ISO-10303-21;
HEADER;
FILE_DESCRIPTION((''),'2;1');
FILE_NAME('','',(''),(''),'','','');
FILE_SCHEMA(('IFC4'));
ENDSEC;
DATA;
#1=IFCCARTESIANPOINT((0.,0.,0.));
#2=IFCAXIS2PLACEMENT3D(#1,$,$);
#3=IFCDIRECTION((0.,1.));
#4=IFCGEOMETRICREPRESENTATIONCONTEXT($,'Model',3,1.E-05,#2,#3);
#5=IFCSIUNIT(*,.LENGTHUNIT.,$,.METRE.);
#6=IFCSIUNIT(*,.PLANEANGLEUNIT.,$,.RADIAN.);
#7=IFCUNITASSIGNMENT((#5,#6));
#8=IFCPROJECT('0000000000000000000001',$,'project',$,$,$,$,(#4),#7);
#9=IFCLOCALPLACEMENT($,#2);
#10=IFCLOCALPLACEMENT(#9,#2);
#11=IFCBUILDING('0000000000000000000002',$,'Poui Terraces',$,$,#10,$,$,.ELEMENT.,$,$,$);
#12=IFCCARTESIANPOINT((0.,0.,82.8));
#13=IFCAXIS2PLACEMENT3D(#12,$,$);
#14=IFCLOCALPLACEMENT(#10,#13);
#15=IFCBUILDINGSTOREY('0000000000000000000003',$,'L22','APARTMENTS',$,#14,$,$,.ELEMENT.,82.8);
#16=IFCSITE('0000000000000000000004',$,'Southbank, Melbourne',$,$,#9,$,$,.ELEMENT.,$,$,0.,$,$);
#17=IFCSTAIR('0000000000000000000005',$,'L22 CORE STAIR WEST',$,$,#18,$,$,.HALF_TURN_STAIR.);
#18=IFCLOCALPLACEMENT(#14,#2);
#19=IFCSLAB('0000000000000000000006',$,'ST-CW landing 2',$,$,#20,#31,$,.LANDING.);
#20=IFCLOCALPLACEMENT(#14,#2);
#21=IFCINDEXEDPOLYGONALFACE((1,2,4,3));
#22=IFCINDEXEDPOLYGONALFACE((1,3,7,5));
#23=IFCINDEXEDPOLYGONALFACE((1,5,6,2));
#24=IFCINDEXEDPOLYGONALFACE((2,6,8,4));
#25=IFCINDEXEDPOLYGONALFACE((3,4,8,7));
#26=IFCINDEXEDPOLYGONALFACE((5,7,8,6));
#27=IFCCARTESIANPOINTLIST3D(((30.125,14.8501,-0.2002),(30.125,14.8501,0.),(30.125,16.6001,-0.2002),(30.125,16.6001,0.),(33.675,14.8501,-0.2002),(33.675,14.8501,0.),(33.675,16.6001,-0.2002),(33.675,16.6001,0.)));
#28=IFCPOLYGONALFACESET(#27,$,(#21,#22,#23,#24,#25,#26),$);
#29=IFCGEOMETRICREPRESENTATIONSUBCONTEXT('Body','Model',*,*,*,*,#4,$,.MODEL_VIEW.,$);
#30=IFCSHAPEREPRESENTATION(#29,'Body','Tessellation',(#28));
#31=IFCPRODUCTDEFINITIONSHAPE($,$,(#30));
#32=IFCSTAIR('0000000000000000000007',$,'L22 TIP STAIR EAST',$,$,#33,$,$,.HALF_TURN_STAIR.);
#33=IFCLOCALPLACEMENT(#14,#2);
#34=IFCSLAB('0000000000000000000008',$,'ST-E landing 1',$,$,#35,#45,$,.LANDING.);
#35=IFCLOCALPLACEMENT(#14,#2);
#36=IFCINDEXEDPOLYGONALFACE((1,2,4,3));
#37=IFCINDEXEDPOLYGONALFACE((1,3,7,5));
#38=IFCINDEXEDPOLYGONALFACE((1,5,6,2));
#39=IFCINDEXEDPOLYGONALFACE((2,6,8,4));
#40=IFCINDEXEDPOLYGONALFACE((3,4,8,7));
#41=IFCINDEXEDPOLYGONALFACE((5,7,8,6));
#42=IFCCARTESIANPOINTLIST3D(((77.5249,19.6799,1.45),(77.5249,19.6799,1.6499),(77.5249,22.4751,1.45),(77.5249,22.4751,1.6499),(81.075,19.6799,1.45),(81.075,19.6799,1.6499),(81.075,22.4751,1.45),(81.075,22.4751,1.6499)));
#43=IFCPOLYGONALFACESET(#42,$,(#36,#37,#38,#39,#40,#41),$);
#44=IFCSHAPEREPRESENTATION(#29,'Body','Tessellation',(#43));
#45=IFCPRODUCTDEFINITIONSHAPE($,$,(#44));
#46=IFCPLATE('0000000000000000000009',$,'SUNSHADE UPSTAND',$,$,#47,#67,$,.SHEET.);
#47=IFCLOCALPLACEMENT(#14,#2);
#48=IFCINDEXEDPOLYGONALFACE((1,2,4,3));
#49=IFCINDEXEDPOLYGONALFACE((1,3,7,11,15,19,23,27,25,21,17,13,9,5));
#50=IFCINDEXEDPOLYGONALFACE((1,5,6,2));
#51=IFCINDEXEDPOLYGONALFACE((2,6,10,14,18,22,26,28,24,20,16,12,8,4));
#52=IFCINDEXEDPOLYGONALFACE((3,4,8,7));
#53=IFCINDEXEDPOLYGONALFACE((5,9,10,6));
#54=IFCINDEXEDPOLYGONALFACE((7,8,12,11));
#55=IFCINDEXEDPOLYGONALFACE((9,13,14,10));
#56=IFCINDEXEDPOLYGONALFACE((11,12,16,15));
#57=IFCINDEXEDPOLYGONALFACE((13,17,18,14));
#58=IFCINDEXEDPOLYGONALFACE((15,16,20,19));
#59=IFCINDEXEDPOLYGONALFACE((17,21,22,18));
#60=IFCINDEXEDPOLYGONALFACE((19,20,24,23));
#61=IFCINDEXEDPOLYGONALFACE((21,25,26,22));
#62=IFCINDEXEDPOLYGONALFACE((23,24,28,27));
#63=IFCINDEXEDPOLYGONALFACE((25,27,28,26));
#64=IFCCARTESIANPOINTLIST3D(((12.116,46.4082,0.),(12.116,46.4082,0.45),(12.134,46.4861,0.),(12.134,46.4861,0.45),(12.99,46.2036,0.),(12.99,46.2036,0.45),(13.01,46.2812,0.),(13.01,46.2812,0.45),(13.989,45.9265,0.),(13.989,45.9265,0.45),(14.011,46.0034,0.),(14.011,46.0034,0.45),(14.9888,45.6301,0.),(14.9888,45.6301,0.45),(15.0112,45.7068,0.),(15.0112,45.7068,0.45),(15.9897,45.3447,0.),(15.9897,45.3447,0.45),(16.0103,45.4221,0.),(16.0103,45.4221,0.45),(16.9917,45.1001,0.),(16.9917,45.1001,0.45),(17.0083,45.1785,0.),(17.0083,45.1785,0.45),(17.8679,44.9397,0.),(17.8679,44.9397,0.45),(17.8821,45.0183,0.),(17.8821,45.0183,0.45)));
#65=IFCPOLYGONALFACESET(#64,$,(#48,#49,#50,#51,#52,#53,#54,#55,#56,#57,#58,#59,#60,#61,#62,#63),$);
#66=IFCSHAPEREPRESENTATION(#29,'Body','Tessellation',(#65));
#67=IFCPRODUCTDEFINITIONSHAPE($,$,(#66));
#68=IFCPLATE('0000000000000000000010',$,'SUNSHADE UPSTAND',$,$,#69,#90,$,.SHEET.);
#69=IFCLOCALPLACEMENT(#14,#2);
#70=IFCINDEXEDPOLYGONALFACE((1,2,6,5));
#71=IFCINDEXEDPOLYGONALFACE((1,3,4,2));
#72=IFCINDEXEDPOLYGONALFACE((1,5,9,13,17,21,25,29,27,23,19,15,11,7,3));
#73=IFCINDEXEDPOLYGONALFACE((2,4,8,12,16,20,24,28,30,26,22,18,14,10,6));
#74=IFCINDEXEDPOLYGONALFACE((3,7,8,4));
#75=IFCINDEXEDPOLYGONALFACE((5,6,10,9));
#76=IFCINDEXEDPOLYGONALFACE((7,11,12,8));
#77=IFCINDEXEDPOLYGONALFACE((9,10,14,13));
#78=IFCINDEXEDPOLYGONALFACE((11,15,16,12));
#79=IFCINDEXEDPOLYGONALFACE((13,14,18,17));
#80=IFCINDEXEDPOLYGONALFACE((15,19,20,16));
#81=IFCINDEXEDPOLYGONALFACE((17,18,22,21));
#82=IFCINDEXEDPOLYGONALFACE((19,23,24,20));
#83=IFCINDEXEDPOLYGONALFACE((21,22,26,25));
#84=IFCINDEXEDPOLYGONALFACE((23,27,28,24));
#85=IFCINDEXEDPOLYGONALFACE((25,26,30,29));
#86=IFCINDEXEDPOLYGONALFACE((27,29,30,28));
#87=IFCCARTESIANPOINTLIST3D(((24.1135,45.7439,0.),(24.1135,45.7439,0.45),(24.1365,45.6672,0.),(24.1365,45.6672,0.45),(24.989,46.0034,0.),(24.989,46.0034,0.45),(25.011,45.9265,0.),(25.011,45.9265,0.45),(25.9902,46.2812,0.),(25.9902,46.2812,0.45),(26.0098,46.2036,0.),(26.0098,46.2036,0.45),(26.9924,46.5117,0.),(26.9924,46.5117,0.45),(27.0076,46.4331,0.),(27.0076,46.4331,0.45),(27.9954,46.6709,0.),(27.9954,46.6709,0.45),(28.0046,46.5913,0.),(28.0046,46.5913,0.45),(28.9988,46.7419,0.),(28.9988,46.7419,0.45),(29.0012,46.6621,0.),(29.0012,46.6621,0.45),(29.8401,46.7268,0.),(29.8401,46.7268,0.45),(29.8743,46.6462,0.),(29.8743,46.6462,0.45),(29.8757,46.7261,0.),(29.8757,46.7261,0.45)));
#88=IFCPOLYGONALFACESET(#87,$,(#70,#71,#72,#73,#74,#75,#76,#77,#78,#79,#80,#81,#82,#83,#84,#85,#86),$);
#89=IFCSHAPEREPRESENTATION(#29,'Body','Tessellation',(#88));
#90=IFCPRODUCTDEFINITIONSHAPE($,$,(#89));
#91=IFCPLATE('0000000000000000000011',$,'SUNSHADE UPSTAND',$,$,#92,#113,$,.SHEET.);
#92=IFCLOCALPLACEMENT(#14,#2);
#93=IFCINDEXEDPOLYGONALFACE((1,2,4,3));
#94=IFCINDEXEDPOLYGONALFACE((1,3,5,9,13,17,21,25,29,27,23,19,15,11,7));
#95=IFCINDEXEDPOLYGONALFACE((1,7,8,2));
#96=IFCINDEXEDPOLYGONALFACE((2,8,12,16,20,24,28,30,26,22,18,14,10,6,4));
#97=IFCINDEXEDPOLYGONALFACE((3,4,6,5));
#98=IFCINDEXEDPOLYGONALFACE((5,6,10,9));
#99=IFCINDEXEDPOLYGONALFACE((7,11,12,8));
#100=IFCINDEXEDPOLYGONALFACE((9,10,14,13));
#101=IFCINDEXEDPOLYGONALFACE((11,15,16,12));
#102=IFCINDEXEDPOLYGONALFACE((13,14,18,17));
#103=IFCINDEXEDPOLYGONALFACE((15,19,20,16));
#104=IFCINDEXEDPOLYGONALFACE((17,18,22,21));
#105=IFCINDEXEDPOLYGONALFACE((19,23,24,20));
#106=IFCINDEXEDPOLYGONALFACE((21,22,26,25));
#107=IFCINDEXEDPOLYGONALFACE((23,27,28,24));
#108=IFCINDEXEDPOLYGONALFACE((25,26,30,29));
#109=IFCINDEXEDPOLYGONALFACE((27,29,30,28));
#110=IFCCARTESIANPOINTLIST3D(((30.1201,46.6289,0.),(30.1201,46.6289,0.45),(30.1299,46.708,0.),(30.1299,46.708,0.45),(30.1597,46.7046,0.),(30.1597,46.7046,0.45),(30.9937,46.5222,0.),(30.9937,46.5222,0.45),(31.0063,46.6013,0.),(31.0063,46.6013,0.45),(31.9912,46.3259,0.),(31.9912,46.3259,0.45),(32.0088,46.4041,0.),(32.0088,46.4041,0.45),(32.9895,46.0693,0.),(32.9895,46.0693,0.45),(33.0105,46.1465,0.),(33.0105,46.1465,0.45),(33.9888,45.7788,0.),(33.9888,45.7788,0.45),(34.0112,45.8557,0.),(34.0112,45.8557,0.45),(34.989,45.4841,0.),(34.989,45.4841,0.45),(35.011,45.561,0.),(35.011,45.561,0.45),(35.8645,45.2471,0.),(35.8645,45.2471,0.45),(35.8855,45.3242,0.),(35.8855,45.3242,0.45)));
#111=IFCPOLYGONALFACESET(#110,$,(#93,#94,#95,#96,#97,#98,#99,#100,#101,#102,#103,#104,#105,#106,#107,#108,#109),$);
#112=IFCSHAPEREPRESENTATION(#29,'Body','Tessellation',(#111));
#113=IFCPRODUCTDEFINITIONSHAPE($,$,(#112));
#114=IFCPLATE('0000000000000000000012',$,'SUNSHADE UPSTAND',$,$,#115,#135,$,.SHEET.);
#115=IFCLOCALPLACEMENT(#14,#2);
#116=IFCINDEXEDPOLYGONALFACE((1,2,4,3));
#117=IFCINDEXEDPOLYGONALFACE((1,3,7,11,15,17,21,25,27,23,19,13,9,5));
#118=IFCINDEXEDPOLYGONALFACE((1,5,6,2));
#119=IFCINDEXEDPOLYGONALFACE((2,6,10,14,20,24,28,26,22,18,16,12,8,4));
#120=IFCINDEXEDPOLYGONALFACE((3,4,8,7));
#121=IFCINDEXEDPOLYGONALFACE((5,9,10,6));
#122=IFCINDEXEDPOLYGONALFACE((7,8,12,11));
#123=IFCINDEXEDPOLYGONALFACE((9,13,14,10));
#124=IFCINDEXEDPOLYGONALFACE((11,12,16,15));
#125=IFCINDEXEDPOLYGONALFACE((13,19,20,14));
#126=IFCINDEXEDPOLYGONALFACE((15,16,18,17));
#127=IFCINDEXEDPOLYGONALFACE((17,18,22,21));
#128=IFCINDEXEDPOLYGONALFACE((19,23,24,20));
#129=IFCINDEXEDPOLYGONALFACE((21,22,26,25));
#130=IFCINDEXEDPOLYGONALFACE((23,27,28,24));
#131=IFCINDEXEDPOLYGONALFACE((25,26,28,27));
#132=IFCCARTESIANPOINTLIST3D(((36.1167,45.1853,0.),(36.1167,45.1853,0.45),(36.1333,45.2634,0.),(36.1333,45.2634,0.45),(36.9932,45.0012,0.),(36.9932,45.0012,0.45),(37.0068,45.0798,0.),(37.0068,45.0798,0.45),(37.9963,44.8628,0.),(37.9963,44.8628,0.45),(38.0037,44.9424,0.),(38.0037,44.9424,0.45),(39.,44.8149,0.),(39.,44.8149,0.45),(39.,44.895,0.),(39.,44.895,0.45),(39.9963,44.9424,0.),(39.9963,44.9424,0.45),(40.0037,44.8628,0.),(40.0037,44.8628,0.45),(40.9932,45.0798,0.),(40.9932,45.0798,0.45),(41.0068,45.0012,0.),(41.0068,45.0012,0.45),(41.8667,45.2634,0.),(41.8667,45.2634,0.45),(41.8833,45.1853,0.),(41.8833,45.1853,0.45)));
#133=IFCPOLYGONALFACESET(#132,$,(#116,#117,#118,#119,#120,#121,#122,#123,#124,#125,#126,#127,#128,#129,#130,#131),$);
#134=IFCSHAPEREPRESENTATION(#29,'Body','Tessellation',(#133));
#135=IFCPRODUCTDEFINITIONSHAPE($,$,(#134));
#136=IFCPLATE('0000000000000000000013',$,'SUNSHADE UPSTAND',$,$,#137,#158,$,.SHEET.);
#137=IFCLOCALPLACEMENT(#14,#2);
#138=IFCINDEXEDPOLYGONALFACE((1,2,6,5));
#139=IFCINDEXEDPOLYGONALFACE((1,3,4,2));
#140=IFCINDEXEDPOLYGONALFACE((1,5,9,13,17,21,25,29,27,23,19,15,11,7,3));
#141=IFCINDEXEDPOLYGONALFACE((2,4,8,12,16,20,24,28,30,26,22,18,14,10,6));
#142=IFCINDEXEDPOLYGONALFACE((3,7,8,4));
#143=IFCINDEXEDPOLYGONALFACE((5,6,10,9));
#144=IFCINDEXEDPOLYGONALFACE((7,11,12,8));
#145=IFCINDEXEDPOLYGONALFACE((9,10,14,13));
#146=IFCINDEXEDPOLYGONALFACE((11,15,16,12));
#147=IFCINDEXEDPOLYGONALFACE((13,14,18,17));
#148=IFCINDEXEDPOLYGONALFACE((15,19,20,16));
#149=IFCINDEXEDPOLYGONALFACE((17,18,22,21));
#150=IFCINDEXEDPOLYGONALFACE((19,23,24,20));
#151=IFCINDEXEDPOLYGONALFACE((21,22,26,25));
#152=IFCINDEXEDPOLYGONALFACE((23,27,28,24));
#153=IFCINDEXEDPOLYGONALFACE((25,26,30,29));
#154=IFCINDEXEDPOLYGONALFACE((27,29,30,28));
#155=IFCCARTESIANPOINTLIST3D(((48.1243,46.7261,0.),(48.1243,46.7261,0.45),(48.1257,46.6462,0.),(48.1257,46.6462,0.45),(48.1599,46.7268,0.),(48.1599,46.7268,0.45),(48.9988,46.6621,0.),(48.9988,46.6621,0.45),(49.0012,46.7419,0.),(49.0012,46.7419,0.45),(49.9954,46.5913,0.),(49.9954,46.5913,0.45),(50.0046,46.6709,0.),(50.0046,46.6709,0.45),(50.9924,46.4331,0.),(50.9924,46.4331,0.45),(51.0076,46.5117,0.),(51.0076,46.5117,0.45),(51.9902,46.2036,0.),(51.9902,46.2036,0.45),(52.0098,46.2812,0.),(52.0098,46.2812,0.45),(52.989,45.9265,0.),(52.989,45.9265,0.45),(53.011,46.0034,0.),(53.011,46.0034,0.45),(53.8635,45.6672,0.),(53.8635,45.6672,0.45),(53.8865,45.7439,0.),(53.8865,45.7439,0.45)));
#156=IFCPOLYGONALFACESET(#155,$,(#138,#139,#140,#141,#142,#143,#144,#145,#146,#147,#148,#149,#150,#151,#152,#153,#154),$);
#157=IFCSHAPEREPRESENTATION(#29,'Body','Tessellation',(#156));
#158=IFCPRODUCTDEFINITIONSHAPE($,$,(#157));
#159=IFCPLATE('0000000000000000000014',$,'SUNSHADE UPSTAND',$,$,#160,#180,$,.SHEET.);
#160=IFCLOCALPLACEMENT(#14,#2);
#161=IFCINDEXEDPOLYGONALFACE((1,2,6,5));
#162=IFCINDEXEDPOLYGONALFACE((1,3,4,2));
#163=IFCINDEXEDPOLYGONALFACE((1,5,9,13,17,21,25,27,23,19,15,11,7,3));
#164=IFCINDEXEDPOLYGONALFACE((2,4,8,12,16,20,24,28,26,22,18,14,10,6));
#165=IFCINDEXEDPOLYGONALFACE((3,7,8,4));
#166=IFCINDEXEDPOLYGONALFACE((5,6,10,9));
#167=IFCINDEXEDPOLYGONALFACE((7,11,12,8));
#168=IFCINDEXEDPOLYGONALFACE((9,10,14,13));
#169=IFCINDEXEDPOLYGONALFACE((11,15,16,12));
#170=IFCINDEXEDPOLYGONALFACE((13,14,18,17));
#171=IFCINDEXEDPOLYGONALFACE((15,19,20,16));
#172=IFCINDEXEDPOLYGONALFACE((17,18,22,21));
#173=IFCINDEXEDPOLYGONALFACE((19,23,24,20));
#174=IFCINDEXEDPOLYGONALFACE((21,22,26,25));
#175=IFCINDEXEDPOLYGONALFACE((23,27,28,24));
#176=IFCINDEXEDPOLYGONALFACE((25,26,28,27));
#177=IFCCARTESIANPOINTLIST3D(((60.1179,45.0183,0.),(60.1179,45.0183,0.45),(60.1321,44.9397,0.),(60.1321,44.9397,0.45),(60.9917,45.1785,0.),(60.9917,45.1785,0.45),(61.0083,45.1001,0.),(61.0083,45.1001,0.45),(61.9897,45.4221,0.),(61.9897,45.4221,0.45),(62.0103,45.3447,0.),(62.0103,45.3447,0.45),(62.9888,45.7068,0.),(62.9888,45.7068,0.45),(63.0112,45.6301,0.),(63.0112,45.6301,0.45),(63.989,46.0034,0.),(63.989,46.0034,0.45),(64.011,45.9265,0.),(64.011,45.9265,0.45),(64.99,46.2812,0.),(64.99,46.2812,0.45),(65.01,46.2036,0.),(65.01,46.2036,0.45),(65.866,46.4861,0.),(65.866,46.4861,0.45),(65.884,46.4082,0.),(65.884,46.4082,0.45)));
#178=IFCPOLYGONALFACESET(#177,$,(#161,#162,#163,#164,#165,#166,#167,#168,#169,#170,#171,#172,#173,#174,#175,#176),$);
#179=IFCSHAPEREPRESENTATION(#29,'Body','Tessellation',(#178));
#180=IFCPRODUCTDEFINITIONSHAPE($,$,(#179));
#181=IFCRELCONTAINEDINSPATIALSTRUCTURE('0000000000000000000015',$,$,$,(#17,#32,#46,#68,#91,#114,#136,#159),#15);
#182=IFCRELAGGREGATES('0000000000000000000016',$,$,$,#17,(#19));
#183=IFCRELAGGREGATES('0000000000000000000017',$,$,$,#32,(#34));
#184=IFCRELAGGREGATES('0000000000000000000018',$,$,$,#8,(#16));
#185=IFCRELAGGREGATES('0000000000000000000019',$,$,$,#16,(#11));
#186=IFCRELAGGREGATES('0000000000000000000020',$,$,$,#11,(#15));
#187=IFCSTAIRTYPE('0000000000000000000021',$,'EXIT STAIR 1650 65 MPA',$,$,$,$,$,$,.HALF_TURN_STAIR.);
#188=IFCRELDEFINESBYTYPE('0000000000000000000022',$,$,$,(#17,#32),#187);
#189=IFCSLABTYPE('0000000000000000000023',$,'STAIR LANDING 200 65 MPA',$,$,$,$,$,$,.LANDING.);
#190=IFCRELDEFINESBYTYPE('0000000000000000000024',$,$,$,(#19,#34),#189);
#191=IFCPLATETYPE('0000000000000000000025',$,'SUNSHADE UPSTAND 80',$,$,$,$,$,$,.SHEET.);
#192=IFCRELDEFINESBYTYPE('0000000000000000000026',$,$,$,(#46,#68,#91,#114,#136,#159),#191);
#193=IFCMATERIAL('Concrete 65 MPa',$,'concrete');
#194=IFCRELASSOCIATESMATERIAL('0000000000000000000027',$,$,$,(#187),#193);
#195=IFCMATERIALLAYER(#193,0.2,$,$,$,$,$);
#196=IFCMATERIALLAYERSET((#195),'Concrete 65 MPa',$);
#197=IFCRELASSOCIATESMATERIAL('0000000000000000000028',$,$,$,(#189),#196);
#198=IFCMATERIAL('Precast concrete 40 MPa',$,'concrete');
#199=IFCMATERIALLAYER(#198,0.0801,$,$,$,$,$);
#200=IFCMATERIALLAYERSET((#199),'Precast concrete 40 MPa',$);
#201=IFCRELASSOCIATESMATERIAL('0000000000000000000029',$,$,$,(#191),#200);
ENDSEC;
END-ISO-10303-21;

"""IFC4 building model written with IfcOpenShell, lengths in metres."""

from ifc_helpers import new_model, si_unit, direction, frame, origin, place, context, subcontext, project, spatial, polyline, outline, extrude, material, layer, layer_set, type_object, element, aggregate, save


model = new_model("IFC4")

# Units and contexts
model_context = context("Model", 3, precision=1e-05, world=origin(), true_north=direction((0.0, 1.0)))
body_context = subcontext(model_context, "Body", "Model", "MODEL_VIEW")
ifc_project = project(units=[si_unit("LENGTHUNIT", "METRE"), si_unit("PLANEANGLEUNIT", "RADIAN")], contexts=[model_context])

# Site, building, storey
site_placement = place(None, origin())
site = spatial("IfcSite", under=ifc_project, at=site_placement, Name="Southbank, Melbourne", CompositionType="ELEMENT", RefElevation=0.0)
building_placement = place(site_placement, origin())
building = spatial("IfcBuilding", under=site, at=building_placement, Name="Poui Terraces", CompositionType="ELEMENT")
storey_placement = place(building_placement, frame((0.0, 0.0, 82.8)))
storey = spatial("IfcBuildingStorey", under=building, at=storey_placement, Name="L22", Description="APARTMENTS", CompositionType="ELEMENT", Elevation=82.8)

# Shared definitions
ifc_material_1 = material(Name="Precast concrete 40 MPa", Category="concrete")

# Stair, slab
ifc_material_2 = material(Name="Concrete 65 MPa", Category="concrete")
stair_type = type_object("IfcStairType", Name="EXIT STAIR 1650 65 MPA", PredefinedType="HALF_TURN_STAIR", material=ifc_material_2)
ifc_layer_1 = layer(ifc_material_2, 0.2)
ifc_layer_set_1 = layer_set([ifc_layer_1], Name="Concrete 65 MPa")
slab_type_1 = type_object("IfcSlabType", Name="STAIR LANDING 200 65 MPA", PredefinedType="LANDING", material=ifc_layer_set_1)
stair_1_placement = place(storey_placement, origin())
stair_1 = element("IfcStair", 1, at=stair_1_placement, inside=storey, type_object=stair_type, Name="L22 CORE STAIR WEST", PredefinedType="HALF_TURN_STAIR")
slab_1_placement = place(storey_placement, frame((0.0, 0.0, -0.2002)))
slab_1 = element("IfcSlab", 2, at=slab_1_placement, type_object=slab_type_1, Name="ST-CW landing 2", PredefinedType="LANDING", context=body_context, shape_type="SweptSolid", body=[
    extrude(outline(polyline([(30.125, 14.8501), (33.675, 14.8501), (33.675, 16.6001), (30.125, 16.6001), (30.125, 14.8501)])), origin(), (0.0, 0.0, 1.0), 0.2002),
])
aggregate(stair_1, [slab_1])

# Stair, slab
stair_2_placement = place(storey_placement, origin())
stair_2 = element("IfcStair", 3, at=stair_2_placement, inside=storey, type_object=stair_type, Name="L22 TIP STAIR EAST", PredefinedType="HALF_TURN_STAIR")
slab_2_placement = place(storey_placement, frame((0.0, 0.0, 1.45)))
slab_2 = element("IfcSlab", 4, at=slab_2_placement, type_object=slab_type_1, Name="ST-E landing 1", PredefinedType="LANDING", context=body_context, shape_type="SweptSolid", body=[
    extrude(outline(polyline([(77.5249, 19.6799), (81.075, 19.6799), (81.075, 22.4751), (77.5249, 22.4751), (77.5249, 19.6799)])), origin(), (0.0, 0.0, 1.0), 0.2),
])
aggregate(stair_2, [slab_2])

# Plates
ifc_layer_2 = layer(ifc_material_1, 0.0801)
ifc_layer_set_2 = layer_set([ifc_layer_2], Name="Precast concrete 40 MPa")
plate_type = type_object("IfcPlateType", Name="SUNSHADE UPSTAND 80", PredefinedType="SHEET", material=ifc_layer_set_2)
plate_1_placement = place(storey_placement, origin())
element("IfcPlate", 5, at=plate_1_placement, inside=storey, type_object=plate_type, Name="SUNSHADE UPSTAND", PredefinedType="SHEET", context=body_context, shape_type="SweptSolid", body=[
    extrude(outline(polyline([(13.01, 46.2812), (12.134, 46.4861), (12.116, 46.4082), (12.99, 46.2036), (13.989, 45.9265), (14.9888, 45.6301), (15.9897, 45.3447), (16.9917, 45.1001), (17.8679, 44.9397), (17.8821, 45.0183), (17.0083, 45.1785), (16.0103, 45.4221), (15.0112, 45.7068), (14.011, 46.0034), (13.01, 46.2812)])), origin(), (0.0, 0.0, 1.0), 0.45),
])
plate_2_placement = place(storey_placement, origin())
element("IfcPlate", 6, at=plate_2_placement, inside=storey, type_object=plate_type, Name="SUNSHADE UPSTAND", PredefinedType="SHEET", context=body_context, shape_type="SweptSolid", body=[
    extrude(outline(polyline([(24.989, 46.0034), (24.1135, 45.7439), (24.1365, 45.6672), (25.011, 45.9265), (26.0098, 46.2036), (27.0076, 46.4331), (28.0046, 46.5913), (29.0012, 46.6621), (29.8743, 46.6462), (29.8757, 46.7261), (29.8401, 46.7268), (28.9988, 46.7419), (27.9954, 46.6709), (26.9924, 46.5117), (25.9902, 46.2812), (24.989, 46.0034)])), origin(), (0.0, 0.0, 1.0), 0.45),
])
plate_3_placement = place(storey_placement, origin())
element("IfcPlate", 7, at=plate_3_placement, inside=storey, type_object=plate_type, Name="SUNSHADE UPSTAND", PredefinedType="SHEET", context=body_context, shape_type="SweptSolid", body=[
    extrude(outline(polyline([(31.0063, 46.6013), (30.1597, 46.7046), (30.1299, 46.708), (30.1201, 46.6289), (30.9937, 46.5222), (31.9912, 46.3259), (32.9895, 46.0693), (33.9888, 45.7788), (34.989, 45.4841), (35.8645, 45.2471), (35.8855, 45.3242), (35.011, 45.561), (34.0112, 45.8557), (33.0105, 46.1465), (32.0088, 46.4041), (31.0063, 46.6013)])), origin(), (0.0, 0.0, 1.0), 0.45),
])
plate_4_placement = place(storey_placement, origin())
element("IfcPlate", 8, at=plate_4_placement, inside=storey, type_object=plate_type, Name="SUNSHADE UPSTAND", PredefinedType="SHEET", context=body_context, shape_type="SweptSolid", body=[
    extrude(outline(polyline([(37.0068, 45.0798), (36.1333, 45.2634), (36.1167, 45.1853), (36.9932, 45.0012), (37.9963, 44.8628), (39.0, 44.8149), (40.0037, 44.8628), (41.0068, 45.0012), (41.8833, 45.1853), (41.8667, 45.2634), (40.9932, 45.0798), (39.9963, 44.9424), (39.0, 44.895), (38.0037, 44.9424), (37.0068, 45.0798)])), origin(), (0.0, 0.0, 1.0), 0.45),
])
plate_5_placement = place(storey_placement, origin())
element("IfcPlate", 9, at=plate_5_placement, inside=storey, type_object=plate_type, Name="SUNSHADE UPSTAND", PredefinedType="SHEET", context=body_context, shape_type="SweptSolid", body=[
    extrude(outline(polyline([(49.0012, 46.7419), (48.1599, 46.7268), (48.1243, 46.7261), (48.1257, 46.6462), (48.9988, 46.6621), (49.9954, 46.5913), (50.9924, 46.4331), (51.9902, 46.2036), (52.989, 45.9265), (53.8635, 45.6672), (53.8865, 45.7439), (53.011, 46.0034), (52.0098, 46.2812), (51.0076, 46.5117), (50.0046, 46.6709), (49.0012, 46.7419)])), origin(), (0.0, 0.0, 1.0), 0.45),
])
plate_6_placement = place(storey_placement, origin())
element("IfcPlate", 10, at=plate_6_placement, inside=storey, type_object=plate_type, Name="SUNSHADE UPSTAND", PredefinedType="SHEET", context=body_context, shape_type="SweptSolid", body=[
    extrude(outline(polyline([(60.9917, 45.1785), (60.1179, 45.0183), (60.1321, 44.9397), (61.0083, 45.1001), (62.0103, 45.3447), (63.0112, 45.6301), (64.011, 45.9265), (65.01, 46.2036), (65.884, 46.4082), (65.866, 46.4861), (64.99, 46.2812), (63.989, 46.0034), (62.9888, 45.7068), (61.9897, 45.4221), (60.9917, 45.1785)])), origin(), (0.0, 0.0, 1.0), 0.45),
])

save(model, "model.ifc")
